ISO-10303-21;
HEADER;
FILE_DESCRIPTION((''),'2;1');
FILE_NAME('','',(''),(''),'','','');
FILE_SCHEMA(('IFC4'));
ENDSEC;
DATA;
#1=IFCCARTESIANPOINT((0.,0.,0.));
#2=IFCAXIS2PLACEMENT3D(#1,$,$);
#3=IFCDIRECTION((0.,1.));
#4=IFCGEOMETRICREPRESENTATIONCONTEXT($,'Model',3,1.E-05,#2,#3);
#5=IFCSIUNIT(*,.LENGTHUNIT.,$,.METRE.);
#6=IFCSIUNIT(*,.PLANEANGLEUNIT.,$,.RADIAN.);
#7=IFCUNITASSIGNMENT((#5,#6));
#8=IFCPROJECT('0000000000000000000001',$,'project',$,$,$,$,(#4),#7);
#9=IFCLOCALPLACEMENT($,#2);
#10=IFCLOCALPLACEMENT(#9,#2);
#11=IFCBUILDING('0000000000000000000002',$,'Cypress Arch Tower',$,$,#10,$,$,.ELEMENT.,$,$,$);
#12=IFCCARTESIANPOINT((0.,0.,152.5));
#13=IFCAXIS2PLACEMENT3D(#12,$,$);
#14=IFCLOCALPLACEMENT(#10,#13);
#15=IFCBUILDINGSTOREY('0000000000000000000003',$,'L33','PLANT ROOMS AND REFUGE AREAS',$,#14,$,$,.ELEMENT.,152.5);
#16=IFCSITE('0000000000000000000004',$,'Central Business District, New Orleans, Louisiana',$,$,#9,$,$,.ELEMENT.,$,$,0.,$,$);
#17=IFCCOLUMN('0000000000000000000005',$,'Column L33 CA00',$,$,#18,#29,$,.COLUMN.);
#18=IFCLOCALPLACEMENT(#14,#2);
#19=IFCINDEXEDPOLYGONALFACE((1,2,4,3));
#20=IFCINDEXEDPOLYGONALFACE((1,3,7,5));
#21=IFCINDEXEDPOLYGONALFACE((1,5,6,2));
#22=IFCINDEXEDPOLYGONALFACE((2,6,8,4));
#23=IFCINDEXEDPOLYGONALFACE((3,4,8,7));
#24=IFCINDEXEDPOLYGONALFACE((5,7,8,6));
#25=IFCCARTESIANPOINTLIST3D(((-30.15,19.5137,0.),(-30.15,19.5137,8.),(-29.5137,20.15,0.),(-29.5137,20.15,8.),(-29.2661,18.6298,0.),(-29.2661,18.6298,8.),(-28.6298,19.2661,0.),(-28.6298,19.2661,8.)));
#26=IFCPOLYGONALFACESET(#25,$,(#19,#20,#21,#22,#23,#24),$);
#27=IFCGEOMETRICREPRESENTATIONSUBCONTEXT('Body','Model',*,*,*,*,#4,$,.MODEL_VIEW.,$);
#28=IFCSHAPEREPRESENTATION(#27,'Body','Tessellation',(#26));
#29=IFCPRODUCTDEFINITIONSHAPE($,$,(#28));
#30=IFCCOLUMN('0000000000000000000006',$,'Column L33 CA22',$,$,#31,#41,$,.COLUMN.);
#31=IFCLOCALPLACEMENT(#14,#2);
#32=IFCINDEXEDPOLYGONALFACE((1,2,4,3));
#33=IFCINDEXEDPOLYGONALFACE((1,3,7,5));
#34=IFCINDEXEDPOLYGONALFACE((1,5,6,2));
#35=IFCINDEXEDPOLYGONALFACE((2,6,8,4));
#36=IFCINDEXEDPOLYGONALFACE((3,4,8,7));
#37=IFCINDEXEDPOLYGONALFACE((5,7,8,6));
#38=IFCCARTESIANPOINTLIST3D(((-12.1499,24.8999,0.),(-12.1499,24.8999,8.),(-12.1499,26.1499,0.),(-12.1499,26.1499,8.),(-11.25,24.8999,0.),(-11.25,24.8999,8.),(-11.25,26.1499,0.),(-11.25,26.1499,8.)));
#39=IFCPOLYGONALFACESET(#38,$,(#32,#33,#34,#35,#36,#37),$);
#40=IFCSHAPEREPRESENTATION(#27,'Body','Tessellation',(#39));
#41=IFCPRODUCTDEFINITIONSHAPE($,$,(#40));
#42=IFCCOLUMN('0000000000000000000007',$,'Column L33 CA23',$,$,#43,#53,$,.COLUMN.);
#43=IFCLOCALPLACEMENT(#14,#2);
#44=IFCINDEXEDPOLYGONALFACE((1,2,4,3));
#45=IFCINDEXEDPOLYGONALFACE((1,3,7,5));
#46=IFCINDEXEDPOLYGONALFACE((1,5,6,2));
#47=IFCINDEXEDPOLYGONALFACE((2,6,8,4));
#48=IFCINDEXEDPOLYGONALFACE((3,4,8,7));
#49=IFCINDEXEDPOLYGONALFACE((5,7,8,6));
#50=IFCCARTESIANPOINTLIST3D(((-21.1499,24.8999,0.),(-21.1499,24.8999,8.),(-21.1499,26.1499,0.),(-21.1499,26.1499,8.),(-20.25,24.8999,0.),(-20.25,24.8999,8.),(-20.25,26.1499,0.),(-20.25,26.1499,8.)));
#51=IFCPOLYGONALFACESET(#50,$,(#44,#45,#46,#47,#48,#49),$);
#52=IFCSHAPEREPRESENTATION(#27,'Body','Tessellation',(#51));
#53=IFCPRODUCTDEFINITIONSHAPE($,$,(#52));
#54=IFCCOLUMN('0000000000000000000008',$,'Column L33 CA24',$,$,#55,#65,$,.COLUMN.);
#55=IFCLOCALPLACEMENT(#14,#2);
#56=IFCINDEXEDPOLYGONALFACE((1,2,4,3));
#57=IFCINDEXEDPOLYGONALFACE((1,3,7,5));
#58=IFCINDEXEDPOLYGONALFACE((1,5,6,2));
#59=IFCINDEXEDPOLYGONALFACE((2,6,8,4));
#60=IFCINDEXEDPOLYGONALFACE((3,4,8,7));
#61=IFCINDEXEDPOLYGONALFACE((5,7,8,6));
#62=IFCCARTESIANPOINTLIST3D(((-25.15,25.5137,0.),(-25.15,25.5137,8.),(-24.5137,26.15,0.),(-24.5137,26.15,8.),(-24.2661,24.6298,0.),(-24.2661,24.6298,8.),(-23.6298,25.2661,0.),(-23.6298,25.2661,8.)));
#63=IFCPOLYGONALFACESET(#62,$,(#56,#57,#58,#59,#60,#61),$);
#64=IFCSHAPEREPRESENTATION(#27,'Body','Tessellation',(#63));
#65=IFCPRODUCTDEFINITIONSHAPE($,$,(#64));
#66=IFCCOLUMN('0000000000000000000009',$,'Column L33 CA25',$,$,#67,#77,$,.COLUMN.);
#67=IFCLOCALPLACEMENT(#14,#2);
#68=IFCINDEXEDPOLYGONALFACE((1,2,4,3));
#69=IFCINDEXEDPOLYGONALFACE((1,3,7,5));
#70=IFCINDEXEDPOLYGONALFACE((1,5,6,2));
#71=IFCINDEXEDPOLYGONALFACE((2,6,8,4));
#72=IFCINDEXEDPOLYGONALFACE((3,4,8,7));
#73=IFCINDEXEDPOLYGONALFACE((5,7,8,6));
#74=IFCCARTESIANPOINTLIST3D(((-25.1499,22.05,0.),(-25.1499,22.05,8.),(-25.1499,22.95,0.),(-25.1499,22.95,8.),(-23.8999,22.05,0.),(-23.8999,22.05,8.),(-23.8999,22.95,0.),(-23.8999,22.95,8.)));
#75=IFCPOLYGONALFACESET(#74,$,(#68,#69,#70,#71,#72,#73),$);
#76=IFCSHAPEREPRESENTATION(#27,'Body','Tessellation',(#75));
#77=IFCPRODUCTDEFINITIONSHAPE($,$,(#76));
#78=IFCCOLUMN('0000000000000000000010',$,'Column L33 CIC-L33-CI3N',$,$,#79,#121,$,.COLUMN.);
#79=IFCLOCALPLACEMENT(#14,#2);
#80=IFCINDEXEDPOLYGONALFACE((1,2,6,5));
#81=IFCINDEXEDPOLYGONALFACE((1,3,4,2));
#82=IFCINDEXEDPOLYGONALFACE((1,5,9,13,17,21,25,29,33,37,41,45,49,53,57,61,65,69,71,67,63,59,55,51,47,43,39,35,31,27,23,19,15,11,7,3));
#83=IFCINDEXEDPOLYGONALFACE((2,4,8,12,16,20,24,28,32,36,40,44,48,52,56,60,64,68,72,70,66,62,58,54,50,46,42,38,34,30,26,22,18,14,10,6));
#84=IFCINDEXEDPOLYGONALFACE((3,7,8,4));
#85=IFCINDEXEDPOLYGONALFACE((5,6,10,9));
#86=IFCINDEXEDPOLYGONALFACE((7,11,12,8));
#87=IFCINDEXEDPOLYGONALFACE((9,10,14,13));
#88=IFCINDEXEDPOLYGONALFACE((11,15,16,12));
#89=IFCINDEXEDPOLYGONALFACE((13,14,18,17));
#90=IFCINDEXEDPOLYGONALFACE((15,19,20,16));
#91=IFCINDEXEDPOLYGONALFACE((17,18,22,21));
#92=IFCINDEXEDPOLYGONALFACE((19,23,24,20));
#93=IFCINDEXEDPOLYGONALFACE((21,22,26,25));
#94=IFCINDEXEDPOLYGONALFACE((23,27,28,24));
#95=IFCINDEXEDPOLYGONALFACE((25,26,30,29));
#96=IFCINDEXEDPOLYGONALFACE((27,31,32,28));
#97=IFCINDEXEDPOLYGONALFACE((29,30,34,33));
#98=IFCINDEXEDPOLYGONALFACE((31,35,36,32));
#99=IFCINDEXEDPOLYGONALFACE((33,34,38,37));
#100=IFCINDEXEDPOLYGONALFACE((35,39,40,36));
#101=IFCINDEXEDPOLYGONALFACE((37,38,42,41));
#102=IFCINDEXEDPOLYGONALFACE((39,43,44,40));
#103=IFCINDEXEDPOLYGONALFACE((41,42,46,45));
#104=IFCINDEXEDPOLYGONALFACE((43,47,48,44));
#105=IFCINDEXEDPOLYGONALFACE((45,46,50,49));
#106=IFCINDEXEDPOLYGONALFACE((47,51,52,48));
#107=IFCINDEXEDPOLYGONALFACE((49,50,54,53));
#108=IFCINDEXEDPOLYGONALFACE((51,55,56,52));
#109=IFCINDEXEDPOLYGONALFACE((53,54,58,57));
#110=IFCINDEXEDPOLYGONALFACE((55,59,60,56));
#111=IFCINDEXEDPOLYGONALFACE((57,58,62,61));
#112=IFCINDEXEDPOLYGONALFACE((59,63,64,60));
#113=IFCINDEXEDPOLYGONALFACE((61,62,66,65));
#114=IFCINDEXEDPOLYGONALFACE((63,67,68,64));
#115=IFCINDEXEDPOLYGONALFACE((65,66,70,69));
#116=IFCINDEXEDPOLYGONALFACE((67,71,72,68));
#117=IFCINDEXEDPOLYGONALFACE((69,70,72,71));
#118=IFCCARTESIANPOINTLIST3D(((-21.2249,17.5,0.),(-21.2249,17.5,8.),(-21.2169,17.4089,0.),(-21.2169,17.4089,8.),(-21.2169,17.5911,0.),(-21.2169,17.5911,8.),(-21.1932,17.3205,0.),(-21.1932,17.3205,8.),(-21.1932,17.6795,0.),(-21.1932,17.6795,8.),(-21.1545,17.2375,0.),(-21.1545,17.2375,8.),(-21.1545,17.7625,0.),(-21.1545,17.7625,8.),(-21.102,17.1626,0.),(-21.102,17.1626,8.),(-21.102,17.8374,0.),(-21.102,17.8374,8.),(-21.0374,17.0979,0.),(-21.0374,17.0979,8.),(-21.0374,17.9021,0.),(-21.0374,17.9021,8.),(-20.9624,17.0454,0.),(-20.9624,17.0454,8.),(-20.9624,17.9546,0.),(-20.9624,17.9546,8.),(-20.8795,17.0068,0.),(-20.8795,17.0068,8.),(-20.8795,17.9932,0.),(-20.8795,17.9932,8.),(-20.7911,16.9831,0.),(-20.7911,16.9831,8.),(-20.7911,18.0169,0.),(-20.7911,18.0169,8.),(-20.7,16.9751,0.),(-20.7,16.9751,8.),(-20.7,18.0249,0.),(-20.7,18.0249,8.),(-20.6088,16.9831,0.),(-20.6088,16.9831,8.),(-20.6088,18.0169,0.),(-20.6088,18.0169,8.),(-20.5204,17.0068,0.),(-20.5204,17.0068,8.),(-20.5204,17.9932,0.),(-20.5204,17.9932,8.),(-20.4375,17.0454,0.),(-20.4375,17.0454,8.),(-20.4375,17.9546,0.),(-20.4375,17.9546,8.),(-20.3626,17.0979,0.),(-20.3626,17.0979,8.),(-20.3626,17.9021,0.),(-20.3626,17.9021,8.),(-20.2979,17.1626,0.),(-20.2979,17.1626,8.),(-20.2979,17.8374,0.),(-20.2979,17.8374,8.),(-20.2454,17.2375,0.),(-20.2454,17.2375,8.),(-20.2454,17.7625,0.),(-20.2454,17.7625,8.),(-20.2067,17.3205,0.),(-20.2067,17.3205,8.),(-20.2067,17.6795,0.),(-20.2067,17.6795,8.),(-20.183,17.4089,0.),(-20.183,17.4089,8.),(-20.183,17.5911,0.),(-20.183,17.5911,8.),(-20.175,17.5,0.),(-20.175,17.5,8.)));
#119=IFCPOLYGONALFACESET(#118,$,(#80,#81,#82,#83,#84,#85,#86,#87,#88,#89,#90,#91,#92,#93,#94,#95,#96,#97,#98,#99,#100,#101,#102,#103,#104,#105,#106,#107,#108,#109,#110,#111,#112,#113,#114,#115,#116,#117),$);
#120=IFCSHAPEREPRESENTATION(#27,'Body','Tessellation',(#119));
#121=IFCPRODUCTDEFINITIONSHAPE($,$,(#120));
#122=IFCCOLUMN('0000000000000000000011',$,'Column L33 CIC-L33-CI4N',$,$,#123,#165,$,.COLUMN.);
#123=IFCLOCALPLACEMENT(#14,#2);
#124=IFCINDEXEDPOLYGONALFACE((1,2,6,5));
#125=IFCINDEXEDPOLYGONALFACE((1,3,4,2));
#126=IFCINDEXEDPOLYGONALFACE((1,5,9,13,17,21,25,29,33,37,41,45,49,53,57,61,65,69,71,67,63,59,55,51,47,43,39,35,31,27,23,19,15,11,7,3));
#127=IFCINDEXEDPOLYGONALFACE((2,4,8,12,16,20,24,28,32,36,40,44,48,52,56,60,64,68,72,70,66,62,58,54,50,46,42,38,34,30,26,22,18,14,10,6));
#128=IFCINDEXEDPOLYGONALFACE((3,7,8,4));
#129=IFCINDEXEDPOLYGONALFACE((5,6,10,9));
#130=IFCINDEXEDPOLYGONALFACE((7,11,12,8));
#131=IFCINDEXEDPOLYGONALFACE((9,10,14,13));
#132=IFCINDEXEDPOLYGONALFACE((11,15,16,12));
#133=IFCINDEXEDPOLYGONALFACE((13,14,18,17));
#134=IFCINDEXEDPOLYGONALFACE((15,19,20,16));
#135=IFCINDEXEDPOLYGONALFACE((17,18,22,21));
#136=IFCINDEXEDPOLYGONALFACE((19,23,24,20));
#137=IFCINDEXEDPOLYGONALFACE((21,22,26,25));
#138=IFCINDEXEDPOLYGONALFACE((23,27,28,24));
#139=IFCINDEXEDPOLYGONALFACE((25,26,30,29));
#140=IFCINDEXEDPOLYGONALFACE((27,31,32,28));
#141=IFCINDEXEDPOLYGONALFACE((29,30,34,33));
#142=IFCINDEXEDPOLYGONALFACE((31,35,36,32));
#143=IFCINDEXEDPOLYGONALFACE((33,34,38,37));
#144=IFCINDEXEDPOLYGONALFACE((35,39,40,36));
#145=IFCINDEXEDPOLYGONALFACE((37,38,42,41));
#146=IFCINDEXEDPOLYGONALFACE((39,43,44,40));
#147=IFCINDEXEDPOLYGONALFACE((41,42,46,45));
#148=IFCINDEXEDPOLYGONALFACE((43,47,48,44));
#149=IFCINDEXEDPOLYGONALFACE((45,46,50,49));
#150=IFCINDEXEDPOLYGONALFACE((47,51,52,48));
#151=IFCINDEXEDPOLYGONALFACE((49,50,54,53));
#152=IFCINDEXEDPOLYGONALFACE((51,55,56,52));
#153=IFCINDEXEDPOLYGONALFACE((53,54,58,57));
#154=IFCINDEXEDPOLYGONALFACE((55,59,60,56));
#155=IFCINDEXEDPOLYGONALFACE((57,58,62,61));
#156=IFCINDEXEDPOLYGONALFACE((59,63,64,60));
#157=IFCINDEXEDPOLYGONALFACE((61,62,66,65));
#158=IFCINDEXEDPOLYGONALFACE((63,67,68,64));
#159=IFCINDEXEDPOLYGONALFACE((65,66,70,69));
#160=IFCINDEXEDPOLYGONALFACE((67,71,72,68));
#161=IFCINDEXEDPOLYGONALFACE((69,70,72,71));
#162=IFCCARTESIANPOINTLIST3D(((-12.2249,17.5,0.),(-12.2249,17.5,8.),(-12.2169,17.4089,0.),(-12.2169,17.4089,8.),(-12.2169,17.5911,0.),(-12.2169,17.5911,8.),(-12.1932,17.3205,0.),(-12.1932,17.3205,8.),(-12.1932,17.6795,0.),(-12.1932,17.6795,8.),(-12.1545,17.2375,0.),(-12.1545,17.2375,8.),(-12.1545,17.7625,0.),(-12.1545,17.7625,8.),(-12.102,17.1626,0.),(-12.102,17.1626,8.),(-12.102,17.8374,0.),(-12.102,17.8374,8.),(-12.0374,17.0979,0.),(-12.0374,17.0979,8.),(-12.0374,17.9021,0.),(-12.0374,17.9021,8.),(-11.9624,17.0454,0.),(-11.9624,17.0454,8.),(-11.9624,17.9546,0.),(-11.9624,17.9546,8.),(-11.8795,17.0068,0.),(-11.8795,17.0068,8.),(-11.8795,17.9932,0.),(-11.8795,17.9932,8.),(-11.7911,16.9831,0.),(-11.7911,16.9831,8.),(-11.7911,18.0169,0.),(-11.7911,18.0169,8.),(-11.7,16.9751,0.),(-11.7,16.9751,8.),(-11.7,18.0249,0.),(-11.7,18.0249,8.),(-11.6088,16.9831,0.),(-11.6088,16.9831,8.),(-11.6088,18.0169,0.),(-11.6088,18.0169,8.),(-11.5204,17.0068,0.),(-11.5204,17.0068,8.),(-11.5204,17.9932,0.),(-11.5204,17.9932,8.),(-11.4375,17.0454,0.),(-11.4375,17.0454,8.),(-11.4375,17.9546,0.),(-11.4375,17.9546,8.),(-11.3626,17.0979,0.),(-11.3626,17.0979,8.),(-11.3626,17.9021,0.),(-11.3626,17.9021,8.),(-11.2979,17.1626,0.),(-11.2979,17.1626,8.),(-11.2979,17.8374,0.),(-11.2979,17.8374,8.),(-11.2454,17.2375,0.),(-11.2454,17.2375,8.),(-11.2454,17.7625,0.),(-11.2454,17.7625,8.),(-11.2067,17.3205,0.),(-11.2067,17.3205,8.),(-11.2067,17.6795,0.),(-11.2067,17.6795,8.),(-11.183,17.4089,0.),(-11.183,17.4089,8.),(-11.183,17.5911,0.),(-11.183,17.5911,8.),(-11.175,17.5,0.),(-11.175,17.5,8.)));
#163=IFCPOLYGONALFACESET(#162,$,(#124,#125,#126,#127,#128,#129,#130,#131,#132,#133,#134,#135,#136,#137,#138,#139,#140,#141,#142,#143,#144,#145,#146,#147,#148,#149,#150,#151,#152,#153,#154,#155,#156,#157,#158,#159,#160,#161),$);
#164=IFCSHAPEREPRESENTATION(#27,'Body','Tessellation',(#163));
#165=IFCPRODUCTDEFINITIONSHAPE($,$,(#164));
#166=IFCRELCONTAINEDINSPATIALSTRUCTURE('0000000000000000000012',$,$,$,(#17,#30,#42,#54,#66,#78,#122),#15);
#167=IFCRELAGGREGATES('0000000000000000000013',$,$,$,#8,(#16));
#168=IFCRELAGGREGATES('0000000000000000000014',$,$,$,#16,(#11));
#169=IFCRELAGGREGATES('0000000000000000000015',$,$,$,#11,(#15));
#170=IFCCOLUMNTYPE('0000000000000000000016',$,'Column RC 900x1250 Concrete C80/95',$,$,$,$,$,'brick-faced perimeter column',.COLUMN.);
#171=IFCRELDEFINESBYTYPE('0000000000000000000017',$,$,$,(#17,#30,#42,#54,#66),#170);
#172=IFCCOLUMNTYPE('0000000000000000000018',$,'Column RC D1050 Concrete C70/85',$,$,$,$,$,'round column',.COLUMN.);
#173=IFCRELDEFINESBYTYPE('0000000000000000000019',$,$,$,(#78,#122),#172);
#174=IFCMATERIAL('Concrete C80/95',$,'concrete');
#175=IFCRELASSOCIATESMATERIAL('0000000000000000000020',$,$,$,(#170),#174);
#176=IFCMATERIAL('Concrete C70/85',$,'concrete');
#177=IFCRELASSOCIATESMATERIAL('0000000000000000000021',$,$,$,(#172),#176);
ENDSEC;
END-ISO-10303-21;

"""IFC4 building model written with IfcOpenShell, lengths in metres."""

from ifc_helpers import new_model, si_unit, direction, frame, origin, origin_2d, place, context, subcontext, project, spatial, rectangle, circle, extrude, material, material_profile, profile_set, type_object, element, save


model = new_model("IFC4")

# Units and contexts
model_context = context("Model", 3, precision=1e-05, world=origin(), true_north=direction((0.0, 1.0)))
body_context = subcontext(model_context, "Body", "Model", "MODEL_VIEW")
ifc_project = project(units=[si_unit("LENGTHUNIT", "METRE"), si_unit("PLANEANGLEUNIT", "RADIAN")], contexts=[model_context])

# Site, building, storey
site_placement = place(None, origin())
site = spatial("IfcSite", under=ifc_project, at=site_placement, Name="Central Business District, New Orleans, Louisiana", CompositionType="ELEMENT", RefElevation=0.0)
building_placement = place(site_placement, origin())
building = spatial("IfcBuilding", under=site, at=building_placement, Name="Cypress Arch Tower", CompositionType="ELEMENT")
storey_placement = place(building_placement, frame((0.0, 0.0, 152.5)))
storey = spatial("IfcBuildingStorey", under=building, at=storey_placement, Name="L33", Description="PLANT ROOMS AND REFUGE AREAS", CompositionType="ELEMENT", Elevation=152.5)

# Columns
ifc_material_1 = material(Name="Concrete C80/95", Category="concrete")
ifc_material_profile_1 = material_profile(ifc_material_1, rectangle(XDim=0.8999, YDim=1.25, at=origin_2d()), Name="RC 900x1250")
ifc_profile_set_1 = profile_set([ifc_material_profile_1], Name="Concrete C80/95")
column_type_1 = type_object("IfcColumnType", Name="Column RC 900x1250 Concrete C80/95", ElementType="brick-faced perimeter column", PredefinedType="COLUMN", material=ifc_profile_set_1)
for number, where, z_axis, x_axis, name in (
    (1, (-29.3899, 19.3899, 0.0), (0.0, 0.0, 1.0), (-0.707107, -0.707107, 0.0), "Column L33 CA00"),
    (2, (-11.7, 25.5249, 0.0), (0.0, 0.0, 1.0), (-1.0, 0.0, 0.0), "Column L33 CA22"),
    (3, (-20.7, 25.5249, 0.0), (0.0, 0.0, 1.0), (-1.0, 0.0, 0.0), "Column L33 CA23"),
    (4, (-24.3899, 25.3899, 0.0), (0.0, 0.0, 1.0), (-0.707107, -0.707107, 0.0), "Column L33 CA24"),
    (5, (-24.5249, 22.5, 0.0), (0.0, 0.0, 1.0), (0.0, -1.0, 0.0), "Column L33 CA25"),
):
    element("IfcColumn", number, at=place(storey_placement, frame(where, z_axis=z_axis, x_axis=x_axis)), inside=storey, type_object=column_type_1, Name=name, PredefinedType="COLUMN", context=body_context, shape_type="SweptSolid", body=[
        extrude(rectangle(XDim=0.8999, YDim=1.25, at=origin_2d()), origin(), (0.0, 0.0, 1.0), 8.0),
    ])
ifc_material_2 = material(Name="Concrete C70/85", Category="concrete")
ifc_material_profile_2 = material_profile(ifc_material_2, circle(Radius=0.5249, at=origin_2d()), Name="RC D1050")
ifc_profile_set_2 = profile_set([ifc_material_profile_2], Name="Concrete C70/85")
column_type_2 = type_object("IfcColumnType", Name="Column RC D1050 Concrete C70/85", ElementType="round column", PredefinedType="COLUMN", material=ifc_profile_set_2)
for number, where, z_axis, x_axis, name in (
    (6, (-20.7, 17.5, 0.0), (0.0, 0.0, 1.0), (1.0, 0.0, 0.0), "Column L33 CIC-L33-CI3N"),
    (7, (-11.7, 17.5, 0.0), (0.0, 0.0, 1.0), (1.0, 0.0, 0.0), "Column L33 CIC-L33-CI4N"),
):
    element("IfcColumn", number, at=place(storey_placement, frame(where, z_axis=z_axis, x_axis=x_axis)), inside=storey, type_object=column_type_2, Name=name, PredefinedType="COLUMN", context=body_context, shape_type="SweptSolid", body=[
        extrude(circle(Radius=0.5249, at=origin_2d()), origin(), (0.0, 0.0, 1.0), 8.0),
    ])

save(model, "model.ifc")
